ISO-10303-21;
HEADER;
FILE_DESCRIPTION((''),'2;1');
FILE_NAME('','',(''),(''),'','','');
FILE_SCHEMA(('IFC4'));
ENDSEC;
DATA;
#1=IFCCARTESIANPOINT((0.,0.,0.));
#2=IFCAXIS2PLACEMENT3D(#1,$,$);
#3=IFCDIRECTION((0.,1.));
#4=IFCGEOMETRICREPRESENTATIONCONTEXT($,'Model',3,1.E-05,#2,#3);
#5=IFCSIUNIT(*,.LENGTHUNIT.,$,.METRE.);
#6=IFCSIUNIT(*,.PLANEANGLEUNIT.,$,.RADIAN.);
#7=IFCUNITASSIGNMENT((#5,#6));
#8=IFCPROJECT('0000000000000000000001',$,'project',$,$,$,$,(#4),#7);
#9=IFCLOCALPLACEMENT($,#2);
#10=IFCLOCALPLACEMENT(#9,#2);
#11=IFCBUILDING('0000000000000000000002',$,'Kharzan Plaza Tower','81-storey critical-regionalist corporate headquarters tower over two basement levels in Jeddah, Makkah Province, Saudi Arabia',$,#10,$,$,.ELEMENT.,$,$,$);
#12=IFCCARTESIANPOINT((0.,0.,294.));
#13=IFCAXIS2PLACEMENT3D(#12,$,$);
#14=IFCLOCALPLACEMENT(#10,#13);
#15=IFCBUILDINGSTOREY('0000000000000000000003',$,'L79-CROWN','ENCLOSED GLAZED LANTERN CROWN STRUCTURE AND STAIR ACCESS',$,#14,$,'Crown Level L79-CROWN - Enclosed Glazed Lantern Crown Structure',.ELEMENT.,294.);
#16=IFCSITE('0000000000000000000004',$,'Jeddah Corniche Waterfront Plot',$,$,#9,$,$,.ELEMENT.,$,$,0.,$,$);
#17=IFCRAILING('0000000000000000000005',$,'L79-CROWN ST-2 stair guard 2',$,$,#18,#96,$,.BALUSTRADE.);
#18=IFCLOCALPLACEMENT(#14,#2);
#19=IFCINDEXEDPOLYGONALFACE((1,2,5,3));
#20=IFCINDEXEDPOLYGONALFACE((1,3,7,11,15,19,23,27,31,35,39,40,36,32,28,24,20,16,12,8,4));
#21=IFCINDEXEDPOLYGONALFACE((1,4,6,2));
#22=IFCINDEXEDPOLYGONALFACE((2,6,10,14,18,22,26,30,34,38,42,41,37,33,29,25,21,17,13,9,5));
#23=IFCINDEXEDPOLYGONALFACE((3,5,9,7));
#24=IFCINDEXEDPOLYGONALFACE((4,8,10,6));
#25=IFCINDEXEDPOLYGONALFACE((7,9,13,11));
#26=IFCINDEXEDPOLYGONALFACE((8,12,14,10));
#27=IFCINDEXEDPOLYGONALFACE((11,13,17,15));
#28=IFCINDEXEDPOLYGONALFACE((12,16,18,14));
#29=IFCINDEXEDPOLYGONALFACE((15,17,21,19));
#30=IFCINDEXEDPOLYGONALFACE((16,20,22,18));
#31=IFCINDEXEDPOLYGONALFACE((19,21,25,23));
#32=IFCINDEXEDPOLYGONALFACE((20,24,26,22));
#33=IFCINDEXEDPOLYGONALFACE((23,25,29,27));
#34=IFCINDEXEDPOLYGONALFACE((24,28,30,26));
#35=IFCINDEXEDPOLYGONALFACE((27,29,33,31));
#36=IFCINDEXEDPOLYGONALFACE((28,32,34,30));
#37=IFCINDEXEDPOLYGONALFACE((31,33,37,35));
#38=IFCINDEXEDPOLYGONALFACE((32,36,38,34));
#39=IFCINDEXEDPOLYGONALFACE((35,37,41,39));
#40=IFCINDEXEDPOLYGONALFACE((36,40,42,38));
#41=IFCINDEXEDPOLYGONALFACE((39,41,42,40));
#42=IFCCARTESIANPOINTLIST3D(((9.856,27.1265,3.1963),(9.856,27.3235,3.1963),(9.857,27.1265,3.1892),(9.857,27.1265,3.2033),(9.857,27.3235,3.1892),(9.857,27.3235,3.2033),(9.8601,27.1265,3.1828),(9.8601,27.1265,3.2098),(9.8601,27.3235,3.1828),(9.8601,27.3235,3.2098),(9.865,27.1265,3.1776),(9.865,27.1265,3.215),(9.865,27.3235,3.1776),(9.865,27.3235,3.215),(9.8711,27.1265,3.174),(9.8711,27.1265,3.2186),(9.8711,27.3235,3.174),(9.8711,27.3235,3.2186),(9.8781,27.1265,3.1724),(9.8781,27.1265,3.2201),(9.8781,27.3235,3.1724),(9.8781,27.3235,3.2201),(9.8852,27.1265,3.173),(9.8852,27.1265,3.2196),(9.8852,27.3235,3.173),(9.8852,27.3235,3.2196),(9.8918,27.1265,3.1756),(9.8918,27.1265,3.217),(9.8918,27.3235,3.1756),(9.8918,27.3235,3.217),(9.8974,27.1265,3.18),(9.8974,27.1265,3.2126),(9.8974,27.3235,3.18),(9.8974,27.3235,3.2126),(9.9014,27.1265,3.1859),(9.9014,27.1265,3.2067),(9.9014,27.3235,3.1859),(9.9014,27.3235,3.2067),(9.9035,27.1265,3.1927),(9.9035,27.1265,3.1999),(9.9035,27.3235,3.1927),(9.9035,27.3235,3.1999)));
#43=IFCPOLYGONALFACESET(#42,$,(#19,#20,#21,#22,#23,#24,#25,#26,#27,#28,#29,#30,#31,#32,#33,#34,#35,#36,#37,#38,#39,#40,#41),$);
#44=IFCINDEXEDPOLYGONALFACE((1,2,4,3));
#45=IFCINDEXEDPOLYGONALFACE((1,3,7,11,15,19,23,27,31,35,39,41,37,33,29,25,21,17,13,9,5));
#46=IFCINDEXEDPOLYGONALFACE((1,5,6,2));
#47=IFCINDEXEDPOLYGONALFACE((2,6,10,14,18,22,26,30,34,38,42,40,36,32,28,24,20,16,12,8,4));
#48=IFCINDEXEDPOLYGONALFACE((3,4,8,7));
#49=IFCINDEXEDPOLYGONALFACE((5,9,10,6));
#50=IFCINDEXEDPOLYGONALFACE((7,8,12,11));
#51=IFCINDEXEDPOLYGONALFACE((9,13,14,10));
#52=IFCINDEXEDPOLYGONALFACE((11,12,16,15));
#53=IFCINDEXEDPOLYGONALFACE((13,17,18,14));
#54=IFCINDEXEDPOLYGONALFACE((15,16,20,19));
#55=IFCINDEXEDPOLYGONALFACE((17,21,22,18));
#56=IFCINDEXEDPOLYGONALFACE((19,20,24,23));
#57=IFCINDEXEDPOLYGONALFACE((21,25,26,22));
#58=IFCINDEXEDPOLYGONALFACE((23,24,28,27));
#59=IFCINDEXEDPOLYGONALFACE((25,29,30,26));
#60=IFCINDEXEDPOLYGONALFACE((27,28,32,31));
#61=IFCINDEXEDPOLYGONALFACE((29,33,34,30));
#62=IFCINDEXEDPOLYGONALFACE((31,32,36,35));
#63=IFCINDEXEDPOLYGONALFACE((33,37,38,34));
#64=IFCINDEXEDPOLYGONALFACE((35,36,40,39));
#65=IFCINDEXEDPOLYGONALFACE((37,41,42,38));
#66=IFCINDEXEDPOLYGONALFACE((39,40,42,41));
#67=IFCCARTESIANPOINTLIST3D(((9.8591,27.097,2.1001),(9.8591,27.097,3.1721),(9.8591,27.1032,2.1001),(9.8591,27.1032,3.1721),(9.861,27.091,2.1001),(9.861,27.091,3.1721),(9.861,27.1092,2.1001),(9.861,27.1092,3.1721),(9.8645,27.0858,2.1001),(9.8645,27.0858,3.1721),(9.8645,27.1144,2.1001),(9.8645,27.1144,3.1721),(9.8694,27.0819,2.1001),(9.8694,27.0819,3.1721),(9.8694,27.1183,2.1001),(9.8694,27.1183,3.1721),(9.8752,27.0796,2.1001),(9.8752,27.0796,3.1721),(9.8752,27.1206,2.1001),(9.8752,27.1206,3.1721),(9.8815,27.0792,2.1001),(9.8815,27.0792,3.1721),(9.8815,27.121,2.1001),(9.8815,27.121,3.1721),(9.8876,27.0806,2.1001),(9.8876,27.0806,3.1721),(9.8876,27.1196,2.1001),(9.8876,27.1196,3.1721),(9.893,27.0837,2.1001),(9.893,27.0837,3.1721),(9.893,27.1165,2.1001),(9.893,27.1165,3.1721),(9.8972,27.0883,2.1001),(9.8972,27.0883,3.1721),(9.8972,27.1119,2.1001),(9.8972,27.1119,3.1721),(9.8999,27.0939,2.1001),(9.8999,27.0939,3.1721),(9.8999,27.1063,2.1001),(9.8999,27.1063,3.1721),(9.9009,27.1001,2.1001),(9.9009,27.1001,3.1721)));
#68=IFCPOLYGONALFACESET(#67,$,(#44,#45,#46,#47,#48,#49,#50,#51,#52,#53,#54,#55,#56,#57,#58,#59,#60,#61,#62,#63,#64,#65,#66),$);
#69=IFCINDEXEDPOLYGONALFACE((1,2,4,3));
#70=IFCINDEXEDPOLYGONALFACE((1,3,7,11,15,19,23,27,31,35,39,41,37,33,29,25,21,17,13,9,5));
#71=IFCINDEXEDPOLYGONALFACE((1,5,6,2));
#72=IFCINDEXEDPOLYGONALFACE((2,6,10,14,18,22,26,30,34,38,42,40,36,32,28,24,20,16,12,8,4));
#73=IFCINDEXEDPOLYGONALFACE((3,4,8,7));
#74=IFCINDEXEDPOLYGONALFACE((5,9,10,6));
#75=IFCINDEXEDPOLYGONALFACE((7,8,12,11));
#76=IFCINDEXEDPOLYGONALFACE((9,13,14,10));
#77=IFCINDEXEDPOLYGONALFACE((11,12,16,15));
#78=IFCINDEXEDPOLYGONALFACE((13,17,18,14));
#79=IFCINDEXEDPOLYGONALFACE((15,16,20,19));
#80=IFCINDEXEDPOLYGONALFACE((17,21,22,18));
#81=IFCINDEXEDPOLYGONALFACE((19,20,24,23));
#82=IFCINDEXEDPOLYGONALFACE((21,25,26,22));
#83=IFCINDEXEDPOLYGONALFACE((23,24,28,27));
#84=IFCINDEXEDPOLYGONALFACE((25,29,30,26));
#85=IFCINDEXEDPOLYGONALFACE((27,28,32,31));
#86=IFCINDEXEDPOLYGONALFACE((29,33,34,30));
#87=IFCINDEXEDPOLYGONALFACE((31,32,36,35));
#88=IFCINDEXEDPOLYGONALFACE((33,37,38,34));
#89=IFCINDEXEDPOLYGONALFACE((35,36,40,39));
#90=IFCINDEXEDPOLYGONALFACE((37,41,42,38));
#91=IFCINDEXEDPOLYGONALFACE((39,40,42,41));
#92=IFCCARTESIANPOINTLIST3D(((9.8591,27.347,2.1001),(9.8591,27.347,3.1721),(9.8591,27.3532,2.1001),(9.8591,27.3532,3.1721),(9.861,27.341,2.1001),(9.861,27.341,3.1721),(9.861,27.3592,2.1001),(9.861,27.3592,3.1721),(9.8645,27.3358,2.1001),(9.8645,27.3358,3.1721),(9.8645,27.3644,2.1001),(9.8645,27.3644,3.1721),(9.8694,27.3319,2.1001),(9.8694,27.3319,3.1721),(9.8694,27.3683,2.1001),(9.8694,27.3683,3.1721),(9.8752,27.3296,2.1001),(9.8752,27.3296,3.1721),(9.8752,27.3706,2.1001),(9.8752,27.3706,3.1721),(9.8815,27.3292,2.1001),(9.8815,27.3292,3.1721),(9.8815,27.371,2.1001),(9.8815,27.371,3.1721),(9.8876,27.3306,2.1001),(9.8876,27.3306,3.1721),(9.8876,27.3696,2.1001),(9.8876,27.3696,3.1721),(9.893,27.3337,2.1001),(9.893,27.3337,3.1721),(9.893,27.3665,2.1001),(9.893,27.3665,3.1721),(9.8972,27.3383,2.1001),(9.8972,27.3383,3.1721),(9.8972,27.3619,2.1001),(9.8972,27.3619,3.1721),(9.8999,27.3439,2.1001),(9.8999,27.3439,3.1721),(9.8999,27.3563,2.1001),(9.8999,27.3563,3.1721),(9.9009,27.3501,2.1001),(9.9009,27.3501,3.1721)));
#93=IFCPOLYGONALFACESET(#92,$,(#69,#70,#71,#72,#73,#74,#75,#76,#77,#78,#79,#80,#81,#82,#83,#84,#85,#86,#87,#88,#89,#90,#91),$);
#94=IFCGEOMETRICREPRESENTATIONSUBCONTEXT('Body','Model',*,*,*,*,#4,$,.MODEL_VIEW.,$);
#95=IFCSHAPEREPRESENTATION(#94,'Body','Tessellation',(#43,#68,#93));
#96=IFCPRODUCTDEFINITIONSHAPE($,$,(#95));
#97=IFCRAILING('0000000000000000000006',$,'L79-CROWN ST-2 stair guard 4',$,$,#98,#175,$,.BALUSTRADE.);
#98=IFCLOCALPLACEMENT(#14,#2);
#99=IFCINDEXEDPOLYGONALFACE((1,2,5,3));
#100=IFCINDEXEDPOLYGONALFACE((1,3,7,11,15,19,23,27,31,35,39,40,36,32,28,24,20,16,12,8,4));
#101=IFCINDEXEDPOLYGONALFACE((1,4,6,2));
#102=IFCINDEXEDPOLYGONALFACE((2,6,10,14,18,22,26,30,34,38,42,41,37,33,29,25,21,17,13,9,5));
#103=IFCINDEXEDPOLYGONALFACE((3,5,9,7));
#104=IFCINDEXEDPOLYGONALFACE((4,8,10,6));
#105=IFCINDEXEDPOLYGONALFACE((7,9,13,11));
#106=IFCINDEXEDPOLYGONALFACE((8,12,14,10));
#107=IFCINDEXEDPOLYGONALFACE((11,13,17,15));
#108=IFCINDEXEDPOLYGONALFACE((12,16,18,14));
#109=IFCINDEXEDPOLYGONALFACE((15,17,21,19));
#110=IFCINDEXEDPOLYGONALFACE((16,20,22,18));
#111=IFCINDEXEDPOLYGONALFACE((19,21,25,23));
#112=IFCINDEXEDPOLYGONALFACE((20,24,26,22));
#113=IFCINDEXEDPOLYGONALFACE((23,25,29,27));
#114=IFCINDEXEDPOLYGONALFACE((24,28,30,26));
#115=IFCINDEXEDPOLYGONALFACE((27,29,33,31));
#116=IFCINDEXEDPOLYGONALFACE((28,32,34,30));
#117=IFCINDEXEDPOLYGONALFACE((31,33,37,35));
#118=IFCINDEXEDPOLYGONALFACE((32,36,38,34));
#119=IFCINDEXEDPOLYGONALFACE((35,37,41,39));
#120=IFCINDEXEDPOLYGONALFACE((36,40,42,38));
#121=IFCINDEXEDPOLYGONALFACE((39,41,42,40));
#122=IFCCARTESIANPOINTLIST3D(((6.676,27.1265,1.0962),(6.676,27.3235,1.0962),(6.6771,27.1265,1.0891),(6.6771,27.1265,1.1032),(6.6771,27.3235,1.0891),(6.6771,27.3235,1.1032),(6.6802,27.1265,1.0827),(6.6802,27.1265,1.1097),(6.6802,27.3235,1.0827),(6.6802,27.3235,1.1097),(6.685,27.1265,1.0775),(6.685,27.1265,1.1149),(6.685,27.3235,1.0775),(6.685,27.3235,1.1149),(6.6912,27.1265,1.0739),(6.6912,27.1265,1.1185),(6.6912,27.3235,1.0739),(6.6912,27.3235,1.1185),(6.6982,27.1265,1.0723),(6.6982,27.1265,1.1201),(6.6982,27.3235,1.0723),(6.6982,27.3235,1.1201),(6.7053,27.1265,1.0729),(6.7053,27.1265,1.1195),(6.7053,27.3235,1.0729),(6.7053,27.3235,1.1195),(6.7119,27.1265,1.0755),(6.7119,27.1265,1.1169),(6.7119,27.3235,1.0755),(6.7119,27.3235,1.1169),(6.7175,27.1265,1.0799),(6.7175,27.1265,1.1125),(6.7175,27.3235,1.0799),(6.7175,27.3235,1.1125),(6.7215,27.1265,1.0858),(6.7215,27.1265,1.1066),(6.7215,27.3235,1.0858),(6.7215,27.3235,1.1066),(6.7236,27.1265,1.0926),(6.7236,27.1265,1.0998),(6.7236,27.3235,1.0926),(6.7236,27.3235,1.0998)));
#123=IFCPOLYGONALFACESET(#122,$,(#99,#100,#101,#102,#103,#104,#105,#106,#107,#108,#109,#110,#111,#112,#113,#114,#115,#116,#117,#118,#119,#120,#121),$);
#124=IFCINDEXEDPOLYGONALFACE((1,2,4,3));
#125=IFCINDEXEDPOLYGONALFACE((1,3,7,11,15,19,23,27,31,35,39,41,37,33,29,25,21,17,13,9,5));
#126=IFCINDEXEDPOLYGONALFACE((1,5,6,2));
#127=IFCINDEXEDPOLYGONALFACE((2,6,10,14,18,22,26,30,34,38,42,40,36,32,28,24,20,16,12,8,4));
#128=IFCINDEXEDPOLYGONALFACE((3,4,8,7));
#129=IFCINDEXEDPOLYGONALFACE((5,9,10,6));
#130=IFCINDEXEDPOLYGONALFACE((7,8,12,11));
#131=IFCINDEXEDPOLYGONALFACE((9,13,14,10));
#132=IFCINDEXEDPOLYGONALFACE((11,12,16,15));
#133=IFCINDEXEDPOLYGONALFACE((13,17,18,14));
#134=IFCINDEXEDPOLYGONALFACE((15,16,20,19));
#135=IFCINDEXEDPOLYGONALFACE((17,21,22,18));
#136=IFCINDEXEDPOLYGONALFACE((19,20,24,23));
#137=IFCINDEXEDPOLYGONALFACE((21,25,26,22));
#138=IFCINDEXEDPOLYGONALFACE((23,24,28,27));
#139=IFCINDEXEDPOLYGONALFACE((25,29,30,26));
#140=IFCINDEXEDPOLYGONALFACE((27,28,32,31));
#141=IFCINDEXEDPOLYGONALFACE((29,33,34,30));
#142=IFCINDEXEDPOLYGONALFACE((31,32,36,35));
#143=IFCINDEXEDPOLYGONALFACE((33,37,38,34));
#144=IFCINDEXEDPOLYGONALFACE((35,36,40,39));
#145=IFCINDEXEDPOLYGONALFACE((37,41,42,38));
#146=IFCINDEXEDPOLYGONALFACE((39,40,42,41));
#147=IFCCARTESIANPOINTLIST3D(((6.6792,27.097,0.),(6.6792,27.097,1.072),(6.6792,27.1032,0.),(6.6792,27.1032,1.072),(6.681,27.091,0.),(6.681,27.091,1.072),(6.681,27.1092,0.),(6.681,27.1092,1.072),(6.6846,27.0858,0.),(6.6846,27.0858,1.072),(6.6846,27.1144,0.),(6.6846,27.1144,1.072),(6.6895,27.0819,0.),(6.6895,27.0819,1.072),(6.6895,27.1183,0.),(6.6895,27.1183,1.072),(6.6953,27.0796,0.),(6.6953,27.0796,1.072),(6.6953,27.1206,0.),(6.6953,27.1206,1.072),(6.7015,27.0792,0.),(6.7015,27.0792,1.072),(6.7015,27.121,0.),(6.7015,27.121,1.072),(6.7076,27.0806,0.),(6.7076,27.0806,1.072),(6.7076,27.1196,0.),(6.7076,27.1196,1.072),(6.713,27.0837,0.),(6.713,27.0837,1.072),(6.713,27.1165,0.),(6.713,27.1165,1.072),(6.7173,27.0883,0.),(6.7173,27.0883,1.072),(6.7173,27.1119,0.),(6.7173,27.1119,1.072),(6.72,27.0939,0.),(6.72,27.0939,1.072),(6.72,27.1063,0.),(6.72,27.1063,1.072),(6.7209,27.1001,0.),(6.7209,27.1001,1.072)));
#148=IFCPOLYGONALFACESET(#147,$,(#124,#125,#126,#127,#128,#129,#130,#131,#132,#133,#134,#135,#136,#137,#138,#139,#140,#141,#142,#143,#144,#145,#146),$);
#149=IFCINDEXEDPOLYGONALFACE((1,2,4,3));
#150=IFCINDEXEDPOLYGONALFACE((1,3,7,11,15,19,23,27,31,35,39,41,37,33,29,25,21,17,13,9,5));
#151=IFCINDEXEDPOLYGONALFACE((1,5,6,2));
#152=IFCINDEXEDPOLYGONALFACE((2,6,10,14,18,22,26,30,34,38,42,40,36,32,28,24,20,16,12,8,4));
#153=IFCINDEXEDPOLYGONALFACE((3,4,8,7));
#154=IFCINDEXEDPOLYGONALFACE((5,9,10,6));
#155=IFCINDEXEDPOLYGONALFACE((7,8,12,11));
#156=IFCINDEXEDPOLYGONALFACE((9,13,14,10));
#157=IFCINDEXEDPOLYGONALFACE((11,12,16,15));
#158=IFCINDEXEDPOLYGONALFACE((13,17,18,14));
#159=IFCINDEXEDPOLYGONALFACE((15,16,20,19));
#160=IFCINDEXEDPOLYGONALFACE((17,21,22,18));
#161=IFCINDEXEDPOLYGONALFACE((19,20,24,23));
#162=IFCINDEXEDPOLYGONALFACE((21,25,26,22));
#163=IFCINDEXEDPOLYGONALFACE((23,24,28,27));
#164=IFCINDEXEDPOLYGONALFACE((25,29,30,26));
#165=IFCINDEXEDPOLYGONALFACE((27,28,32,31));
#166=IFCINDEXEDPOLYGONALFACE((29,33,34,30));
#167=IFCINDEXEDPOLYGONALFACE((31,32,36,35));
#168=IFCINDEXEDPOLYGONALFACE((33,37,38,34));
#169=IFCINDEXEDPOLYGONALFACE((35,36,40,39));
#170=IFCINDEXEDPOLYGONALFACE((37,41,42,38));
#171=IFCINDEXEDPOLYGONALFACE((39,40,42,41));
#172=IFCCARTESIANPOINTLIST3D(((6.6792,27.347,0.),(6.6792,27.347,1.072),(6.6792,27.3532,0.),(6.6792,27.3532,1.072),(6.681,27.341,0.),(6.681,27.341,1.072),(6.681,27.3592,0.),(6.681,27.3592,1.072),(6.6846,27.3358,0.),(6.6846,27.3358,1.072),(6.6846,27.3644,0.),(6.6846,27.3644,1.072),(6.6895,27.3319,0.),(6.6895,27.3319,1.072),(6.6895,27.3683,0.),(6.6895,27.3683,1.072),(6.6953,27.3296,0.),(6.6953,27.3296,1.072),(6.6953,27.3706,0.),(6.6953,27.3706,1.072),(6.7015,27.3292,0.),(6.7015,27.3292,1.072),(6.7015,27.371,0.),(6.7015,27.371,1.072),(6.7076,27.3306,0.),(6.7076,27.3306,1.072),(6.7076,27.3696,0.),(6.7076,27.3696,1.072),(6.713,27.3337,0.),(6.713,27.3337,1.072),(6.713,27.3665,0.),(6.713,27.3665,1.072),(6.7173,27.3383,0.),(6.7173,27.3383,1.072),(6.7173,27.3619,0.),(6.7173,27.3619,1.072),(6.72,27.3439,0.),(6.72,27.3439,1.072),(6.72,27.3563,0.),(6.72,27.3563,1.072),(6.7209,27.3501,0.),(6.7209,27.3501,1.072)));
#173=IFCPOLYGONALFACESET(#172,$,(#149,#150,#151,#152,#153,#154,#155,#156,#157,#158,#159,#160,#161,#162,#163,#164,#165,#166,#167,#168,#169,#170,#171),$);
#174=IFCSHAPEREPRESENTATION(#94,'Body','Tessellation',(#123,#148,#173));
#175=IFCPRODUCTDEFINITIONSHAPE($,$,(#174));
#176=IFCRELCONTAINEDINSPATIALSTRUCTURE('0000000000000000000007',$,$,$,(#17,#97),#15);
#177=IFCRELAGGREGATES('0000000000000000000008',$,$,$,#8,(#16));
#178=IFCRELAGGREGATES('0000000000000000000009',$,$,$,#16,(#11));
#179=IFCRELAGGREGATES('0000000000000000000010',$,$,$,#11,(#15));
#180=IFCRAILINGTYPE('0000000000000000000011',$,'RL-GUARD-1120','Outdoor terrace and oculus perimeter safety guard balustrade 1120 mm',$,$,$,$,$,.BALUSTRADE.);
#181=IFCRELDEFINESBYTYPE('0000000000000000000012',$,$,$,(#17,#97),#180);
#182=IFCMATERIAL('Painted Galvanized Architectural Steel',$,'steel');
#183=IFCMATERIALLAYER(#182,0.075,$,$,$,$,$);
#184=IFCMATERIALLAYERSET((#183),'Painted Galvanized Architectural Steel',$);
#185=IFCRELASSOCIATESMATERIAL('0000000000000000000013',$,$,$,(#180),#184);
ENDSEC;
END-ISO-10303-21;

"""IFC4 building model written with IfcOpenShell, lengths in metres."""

from ifc_helpers import new_model, si_unit, direction, frame, origin, origin_2d, place, context, subcontext, project, spatial, circle, extrude, source, transform, mapped, material, layer, layer_set, type_object, element, save


model = new_model("IFC4")

# Units and contexts
model_context = context("Model", 3, precision=1e-05, world=origin(), true_north=direction((0.0, 1.0)))
body_context = subcontext(model_context, "Body", "Model", "MODEL_VIEW")
ifc_project = project(units=[si_unit("LENGTHUNIT", "METRE"), si_unit("PLANEANGLEUNIT", "RADIAN")], contexts=[model_context])

# Site, building, storey
site_placement = place(None, origin())
site = spatial("IfcSite", under=ifc_project, at=site_placement, Name="Jeddah Corniche Waterfront Plot", CompositionType="ELEMENT", RefElevation=0.0)
building_placement = place(site_placement, origin())
building = spatial("IfcBuilding", under=site, at=building_placement, Name="Kharzan Plaza Tower", Description="81-storey critical-regionalist corporate headquarters tower over two basement levels in Jeddah, Makkah Province, Saudi Arabia", CompositionType="ELEMENT")
storey_placement = place(building_placement, frame((0.0, 0.0, 294.0)))
storey = spatial("IfcBuildingStorey", under=building, at=storey_placement, Name="L79-CROWN", Description="ENCLOSED GLAZED LANTERN CROWN STRUCTURE AND STAIR ACCESS", LongName="Crown Level L79-CROWN - Enclosed Glazed Lantern Crown Structure", CompositionType="ELEMENT", Elevation=294.0)

# Railings
ifc_material_1 = material(Name="Painted Galvanized Architectural Steel", Category="steel")
ifc_layer_1 = layer(ifc_material_1, 0.075)
ifc_layer_set_1 = layer_set([ifc_layer_1], Name="Painted Galvanized Architectural Steel")
railing_type_1 = type_object("IfcRailingType", Name="RL-GUARD-1120", Description="Outdoor terrace and oculus perimeter safety guard balustrade 1120 mm", PredefinedType="BALUSTRADE", material=ifc_layer_set_1)
shared_shape_1 = source(origin(), body_context, "Body", "SweptSolid", [
    extrude(circle(Radius=0.0239, at=origin_2d()), frame((0.0, 0.0264, 1.0962), z_axis=(0.0, 1.0, 0.0), x_axis=(-1.0, 0.0, 0.0)), (0.0, 0.0, 1.0), 0.197),
    extrude(circle(Radius=0.021, at=origin_2d()), origin(), (0.0, 0.0, 1.0), 1.072),
    extrude(circle(Radius=0.021, at=origin_2d()), frame((0.0, 0.25, 0.0)), (0.0, 0.0, 1.0), 1.072),
])
for number, where, name in (
    (1, (9.8799, 27.1001, 2.1001), "L79-CROWN ST-2 stair guard 2"),
    (2, (6.7, 27.1001, 0.0), "L79-CROWN ST-2 stair guard 4"),
):
    element("IfcRailing", number, at=place(storey_placement, frame(where)), inside=storey, type_object=railing_type_1, Name=name, PredefinedType="BALUSTRADE", context=body_context, shape_type="MappedRepresentation", body=[
        mapped(shared_shape_1, transform((0.0, 0.0, 0.0), x_axis=(1.0, 0.0, 0.0), y_axis=(0.0, 1.0, 0.0), z_axis=(0.0, 0.0, 1.0))),
    ])

save(model, "model.ifc")
